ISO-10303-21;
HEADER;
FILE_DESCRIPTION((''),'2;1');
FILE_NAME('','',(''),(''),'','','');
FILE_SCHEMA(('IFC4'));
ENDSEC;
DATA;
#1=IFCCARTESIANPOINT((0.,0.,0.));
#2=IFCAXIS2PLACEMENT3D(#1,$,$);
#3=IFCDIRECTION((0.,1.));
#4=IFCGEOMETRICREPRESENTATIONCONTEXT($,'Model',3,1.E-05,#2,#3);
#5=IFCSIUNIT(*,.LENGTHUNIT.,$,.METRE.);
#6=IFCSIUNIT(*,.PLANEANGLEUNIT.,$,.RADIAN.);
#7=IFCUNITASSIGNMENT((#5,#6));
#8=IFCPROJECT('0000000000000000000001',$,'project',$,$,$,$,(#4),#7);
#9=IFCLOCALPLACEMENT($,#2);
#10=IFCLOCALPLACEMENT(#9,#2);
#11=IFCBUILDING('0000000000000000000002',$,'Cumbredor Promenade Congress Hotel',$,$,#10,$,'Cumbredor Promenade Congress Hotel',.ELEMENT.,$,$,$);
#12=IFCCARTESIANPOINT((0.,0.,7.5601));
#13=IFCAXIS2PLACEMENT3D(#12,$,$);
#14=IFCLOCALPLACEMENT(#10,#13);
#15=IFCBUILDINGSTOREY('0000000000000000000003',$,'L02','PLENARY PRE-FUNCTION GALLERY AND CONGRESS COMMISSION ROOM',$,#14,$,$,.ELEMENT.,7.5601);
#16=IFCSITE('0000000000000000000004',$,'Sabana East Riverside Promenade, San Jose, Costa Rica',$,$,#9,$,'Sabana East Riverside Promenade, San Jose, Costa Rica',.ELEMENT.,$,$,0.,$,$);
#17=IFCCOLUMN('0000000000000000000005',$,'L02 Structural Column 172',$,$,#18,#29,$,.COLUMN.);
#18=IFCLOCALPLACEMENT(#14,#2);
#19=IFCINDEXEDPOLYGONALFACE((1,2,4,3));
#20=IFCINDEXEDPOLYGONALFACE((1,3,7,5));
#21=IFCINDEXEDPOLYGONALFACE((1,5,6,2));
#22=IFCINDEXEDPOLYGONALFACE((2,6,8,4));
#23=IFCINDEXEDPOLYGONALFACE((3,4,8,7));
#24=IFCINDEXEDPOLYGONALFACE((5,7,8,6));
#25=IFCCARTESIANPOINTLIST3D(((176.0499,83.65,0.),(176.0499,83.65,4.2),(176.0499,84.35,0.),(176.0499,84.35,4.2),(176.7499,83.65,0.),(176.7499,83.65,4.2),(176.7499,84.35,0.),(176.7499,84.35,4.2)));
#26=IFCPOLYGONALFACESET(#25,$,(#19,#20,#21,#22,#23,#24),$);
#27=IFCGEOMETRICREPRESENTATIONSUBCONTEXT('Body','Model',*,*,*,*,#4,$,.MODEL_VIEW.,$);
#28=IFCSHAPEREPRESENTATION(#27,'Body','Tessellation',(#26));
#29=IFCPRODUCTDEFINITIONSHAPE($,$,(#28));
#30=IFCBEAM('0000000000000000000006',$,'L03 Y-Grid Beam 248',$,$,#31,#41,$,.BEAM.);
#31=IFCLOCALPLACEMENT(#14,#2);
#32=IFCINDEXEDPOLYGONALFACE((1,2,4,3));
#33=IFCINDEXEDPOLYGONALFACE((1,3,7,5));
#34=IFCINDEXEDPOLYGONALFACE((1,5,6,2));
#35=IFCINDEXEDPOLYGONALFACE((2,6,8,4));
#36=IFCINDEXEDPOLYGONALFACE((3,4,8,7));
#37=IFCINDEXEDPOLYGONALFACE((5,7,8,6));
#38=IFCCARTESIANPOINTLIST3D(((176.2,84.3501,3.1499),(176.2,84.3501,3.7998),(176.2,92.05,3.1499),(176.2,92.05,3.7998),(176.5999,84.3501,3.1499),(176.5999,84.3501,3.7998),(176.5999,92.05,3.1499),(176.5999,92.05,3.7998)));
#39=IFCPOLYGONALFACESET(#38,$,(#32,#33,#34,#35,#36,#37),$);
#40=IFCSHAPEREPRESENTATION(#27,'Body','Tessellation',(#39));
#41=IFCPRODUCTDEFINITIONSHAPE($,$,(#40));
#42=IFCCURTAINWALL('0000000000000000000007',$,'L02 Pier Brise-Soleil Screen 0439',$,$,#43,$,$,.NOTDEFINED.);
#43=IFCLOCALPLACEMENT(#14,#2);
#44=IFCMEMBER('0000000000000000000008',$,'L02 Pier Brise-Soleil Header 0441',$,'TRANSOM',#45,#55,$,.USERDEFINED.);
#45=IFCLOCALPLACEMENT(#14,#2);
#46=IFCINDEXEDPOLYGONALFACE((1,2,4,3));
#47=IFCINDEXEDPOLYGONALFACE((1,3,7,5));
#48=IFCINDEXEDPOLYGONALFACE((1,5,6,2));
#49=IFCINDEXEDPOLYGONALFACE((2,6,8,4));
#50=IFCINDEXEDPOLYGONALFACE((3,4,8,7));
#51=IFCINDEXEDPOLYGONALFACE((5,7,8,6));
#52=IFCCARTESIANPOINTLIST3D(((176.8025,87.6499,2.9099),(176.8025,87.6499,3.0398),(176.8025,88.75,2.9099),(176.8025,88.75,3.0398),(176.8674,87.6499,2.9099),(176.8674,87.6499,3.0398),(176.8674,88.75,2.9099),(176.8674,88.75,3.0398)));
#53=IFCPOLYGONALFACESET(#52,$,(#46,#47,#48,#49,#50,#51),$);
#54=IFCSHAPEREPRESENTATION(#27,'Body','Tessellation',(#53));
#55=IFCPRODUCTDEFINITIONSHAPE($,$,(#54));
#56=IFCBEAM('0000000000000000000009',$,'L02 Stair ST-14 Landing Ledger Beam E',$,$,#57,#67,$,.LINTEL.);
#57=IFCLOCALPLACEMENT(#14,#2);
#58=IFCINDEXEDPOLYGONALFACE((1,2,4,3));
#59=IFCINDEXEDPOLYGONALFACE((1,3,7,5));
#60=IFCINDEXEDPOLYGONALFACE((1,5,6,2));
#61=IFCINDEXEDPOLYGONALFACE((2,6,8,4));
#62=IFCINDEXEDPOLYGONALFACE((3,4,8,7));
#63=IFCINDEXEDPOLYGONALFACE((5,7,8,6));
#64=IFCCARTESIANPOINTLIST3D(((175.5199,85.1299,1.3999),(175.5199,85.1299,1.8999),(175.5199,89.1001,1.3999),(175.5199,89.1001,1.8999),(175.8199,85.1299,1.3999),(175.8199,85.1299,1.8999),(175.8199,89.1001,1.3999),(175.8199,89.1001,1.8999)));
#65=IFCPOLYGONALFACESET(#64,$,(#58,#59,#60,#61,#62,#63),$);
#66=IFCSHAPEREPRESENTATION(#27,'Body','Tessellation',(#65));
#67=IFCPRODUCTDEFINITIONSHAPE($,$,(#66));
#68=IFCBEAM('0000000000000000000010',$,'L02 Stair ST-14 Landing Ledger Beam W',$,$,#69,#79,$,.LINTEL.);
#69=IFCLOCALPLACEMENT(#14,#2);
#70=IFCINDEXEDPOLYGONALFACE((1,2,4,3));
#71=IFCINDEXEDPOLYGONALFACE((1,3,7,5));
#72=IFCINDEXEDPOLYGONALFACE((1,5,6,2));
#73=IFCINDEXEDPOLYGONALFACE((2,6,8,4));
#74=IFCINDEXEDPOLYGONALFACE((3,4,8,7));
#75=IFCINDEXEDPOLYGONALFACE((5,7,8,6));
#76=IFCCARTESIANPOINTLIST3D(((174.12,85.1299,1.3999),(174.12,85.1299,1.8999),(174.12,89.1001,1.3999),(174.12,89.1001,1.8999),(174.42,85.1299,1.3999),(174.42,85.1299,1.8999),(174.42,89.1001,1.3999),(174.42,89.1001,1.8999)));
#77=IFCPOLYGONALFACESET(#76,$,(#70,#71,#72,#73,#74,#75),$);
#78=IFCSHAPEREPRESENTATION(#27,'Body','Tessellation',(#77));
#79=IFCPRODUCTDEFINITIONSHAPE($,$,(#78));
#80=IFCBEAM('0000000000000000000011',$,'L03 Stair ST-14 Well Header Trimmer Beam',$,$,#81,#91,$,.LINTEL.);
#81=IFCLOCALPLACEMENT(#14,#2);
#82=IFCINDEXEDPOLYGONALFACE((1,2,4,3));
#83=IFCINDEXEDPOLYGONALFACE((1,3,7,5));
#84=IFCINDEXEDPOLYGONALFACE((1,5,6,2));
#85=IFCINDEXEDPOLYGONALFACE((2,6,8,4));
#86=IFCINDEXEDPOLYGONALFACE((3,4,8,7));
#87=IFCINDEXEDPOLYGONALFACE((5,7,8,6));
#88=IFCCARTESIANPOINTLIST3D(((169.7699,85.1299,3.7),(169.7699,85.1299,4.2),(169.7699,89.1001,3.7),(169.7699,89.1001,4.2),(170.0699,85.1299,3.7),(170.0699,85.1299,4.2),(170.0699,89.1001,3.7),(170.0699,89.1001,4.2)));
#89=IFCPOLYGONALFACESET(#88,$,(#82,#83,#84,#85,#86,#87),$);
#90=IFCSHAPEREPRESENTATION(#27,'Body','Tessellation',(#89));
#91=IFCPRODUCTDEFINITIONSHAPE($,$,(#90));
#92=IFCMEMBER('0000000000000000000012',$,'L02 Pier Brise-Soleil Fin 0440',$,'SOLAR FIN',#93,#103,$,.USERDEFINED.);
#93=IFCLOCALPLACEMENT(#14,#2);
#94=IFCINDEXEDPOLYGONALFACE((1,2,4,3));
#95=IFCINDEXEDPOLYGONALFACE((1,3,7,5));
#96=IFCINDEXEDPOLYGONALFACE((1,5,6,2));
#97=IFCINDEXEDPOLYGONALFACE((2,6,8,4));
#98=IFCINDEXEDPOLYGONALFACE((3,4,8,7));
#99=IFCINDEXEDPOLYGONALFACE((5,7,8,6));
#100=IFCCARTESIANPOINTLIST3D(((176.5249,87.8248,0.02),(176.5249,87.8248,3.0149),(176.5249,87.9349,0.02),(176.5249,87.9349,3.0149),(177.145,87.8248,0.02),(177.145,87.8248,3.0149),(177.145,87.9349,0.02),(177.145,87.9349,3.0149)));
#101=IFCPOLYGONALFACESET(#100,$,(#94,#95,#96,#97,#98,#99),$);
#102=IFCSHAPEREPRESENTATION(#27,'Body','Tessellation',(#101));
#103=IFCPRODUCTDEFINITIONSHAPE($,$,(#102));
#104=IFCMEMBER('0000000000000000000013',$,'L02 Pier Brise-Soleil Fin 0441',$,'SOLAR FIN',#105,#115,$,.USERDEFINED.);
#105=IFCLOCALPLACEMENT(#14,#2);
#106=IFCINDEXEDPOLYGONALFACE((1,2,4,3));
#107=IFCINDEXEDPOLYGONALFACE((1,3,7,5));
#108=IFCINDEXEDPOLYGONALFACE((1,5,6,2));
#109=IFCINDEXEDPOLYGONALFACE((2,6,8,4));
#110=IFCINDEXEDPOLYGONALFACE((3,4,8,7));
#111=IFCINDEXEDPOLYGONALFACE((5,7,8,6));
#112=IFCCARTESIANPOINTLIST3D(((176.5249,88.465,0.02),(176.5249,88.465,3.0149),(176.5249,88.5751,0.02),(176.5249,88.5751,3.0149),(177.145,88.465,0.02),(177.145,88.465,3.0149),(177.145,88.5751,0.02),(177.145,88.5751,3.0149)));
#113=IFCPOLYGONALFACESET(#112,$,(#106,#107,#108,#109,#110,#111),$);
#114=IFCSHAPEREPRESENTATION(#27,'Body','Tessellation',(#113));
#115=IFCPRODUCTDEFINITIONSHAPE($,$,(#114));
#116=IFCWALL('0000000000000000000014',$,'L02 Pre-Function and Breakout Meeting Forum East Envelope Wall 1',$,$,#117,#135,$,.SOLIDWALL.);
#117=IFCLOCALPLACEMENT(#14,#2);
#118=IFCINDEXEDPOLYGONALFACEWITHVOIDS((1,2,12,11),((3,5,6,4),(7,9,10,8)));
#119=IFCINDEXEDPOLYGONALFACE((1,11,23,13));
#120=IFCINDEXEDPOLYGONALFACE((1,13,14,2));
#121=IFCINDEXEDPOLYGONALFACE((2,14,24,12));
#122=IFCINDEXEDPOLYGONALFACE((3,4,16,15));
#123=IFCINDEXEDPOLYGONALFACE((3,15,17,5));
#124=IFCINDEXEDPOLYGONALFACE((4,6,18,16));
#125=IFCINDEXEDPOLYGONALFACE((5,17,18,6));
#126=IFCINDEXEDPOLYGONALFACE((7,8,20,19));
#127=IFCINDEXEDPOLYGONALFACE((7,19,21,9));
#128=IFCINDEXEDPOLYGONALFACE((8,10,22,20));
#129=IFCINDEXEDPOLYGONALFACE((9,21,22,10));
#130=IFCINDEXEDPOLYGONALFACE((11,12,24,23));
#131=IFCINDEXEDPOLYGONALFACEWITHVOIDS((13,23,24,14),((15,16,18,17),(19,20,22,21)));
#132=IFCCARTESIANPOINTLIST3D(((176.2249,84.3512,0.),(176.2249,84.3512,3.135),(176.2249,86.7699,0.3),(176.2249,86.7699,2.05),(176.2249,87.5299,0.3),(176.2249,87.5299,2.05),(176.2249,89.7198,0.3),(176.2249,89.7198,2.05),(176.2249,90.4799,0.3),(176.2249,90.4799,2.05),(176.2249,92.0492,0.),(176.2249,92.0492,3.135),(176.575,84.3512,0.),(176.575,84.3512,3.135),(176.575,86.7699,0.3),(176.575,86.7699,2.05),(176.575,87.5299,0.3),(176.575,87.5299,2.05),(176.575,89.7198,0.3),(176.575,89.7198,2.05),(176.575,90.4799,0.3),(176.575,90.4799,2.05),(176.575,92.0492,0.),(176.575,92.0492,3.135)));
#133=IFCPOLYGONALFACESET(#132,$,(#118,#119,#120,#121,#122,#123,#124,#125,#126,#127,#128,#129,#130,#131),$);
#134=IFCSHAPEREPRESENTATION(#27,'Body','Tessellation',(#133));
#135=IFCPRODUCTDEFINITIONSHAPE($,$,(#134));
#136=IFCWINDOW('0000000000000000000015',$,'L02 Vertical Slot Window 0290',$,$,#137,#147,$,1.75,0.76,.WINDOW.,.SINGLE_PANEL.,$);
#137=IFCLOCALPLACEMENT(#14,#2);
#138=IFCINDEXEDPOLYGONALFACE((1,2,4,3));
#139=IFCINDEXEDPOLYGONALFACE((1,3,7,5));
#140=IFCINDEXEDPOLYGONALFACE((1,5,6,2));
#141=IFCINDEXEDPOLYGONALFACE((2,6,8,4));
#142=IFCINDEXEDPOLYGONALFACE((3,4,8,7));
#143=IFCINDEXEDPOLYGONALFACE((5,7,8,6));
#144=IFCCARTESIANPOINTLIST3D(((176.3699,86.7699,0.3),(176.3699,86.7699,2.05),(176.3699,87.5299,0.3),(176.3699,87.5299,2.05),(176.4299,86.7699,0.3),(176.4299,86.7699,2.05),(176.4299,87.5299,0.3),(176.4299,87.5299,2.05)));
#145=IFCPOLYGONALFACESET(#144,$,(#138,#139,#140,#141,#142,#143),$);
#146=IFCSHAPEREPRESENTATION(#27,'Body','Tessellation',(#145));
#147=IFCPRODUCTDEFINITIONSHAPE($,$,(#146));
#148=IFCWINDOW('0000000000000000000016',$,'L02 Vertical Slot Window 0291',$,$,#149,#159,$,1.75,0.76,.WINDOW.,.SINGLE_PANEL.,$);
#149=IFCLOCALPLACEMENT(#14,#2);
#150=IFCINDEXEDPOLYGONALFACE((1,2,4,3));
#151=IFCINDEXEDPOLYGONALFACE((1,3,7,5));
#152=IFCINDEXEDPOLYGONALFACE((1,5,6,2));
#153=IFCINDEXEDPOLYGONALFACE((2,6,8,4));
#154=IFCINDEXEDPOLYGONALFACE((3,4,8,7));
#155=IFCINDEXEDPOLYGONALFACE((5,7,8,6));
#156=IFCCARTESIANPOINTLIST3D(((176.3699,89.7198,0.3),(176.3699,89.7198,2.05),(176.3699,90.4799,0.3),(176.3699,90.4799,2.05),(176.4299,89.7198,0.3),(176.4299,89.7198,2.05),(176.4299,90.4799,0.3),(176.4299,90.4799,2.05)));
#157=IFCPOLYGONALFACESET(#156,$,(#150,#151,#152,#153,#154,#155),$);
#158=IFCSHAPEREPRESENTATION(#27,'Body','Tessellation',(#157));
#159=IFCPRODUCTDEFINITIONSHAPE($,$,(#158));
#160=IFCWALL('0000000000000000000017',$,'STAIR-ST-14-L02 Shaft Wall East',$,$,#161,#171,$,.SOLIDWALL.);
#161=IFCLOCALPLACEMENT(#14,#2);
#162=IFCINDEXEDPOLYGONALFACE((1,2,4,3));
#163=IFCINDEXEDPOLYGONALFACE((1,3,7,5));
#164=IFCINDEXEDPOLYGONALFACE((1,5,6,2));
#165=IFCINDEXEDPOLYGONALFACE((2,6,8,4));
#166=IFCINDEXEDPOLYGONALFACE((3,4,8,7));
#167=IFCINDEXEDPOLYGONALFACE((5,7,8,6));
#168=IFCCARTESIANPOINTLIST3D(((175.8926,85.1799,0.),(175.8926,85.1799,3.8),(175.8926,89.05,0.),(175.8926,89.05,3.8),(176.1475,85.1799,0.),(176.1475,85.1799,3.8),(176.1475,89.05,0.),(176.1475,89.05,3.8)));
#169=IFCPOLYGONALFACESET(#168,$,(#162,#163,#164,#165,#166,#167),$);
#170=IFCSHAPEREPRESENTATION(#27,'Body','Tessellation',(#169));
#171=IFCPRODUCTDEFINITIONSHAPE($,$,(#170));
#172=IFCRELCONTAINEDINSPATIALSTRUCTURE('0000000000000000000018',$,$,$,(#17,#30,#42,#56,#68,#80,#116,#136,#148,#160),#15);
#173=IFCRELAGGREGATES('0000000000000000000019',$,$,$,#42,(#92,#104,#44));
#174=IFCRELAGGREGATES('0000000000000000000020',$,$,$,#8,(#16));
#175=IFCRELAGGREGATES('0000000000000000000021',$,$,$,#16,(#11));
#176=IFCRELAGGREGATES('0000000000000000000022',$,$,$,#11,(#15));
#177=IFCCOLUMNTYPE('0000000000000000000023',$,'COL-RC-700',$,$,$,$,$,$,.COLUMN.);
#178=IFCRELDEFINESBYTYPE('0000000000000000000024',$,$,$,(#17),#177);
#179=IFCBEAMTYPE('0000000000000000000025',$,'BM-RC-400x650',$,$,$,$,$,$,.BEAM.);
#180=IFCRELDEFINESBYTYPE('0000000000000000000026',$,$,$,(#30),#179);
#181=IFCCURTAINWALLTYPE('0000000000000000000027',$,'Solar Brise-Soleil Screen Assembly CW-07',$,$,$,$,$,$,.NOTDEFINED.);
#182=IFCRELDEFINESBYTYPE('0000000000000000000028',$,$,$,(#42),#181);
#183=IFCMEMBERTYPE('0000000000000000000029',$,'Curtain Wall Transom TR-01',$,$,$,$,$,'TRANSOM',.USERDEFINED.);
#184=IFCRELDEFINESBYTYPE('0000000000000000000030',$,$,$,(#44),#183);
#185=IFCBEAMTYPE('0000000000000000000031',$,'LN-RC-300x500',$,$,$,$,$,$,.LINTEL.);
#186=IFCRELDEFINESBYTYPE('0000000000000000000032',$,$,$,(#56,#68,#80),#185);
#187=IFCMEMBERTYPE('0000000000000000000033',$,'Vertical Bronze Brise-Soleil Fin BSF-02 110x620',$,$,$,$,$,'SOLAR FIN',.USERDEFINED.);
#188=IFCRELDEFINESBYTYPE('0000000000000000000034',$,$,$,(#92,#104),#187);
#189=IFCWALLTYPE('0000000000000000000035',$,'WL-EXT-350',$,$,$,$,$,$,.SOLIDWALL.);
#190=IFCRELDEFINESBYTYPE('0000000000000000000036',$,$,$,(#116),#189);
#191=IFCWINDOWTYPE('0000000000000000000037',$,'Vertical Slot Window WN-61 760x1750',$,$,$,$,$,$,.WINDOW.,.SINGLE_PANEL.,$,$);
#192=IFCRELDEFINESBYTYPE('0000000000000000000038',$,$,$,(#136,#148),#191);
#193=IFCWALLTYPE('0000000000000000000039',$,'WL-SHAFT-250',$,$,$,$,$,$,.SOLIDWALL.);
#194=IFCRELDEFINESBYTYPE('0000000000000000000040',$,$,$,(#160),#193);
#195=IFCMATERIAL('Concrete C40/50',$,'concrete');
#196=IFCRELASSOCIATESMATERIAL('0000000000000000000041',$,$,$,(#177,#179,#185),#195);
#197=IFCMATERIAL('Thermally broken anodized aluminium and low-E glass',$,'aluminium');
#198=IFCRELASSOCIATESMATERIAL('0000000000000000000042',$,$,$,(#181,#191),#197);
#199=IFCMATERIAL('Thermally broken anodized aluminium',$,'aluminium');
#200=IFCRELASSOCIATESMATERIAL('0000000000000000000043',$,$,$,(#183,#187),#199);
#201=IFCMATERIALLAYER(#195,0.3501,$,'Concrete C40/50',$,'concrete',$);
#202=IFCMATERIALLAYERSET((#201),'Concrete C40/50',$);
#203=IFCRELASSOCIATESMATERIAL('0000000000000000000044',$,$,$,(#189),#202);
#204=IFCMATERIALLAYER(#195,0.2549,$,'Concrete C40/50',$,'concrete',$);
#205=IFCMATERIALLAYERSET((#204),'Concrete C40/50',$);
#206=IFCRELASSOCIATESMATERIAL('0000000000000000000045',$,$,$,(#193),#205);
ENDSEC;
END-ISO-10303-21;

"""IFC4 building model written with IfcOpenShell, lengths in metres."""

from ifc_helpers import new_model, si_unit, direction, frame, frame_2d, origin, origin_2d, place, context, subcontext, project, spatial, rectangle, extrude, material, layer, layer_set, material_profile, profile_set, type_object, element, fill, aggregate, save


model = new_model("IFC4")

# Units and contexts
model_context = context("Model", 3, precision=1e-05, world=origin(), true_north=direction((0.0, 1.0)))
body_context = subcontext(model_context, "Body", "Model", "MODEL_VIEW")
ifc_project = project(units=[si_unit("LENGTHUNIT", "METRE"), si_unit("PLANEANGLEUNIT", "RADIAN")], contexts=[model_context])

# Site, building, storey
site_placement = place(None, origin())
site = spatial("IfcSite", under=ifc_project, at=site_placement, Name="Sabana East Riverside Promenade, San Jose, Costa Rica", LongName="Sabana East Riverside Promenade, San Jose, Costa Rica", CompositionType="ELEMENT", RefElevation=0.0)
building_placement = place(site_placement, origin())
building = spatial("IfcBuilding", under=site, at=building_placement, Name="Cumbredor Promenade Congress Hotel", LongName="Cumbredor Promenade Congress Hotel", CompositionType="ELEMENT")
storey_placement = place(building_placement, frame((0.0, 0.0, 7.5601)))
storey = spatial("IfcBuildingStorey", under=building, at=storey_placement, Name="L02", Description="PLENARY PRE-FUNCTION GALLERY AND CONGRESS COMMISSION ROOM", CompositionType="ELEMENT", Elevation=7.5601)

# Column
ifc_material_1 = material(Name="Concrete C40/50", Category="concrete")
ifc_material_profile_1 = material_profile(ifc_material_1, rectangle(XDim=0.7, YDim=0.7, at=origin_2d()), Name="RC 700x700")
ifc_profile_set_1 = profile_set([ifc_material_profile_1], Name="Concrete C40/50")
column_type = type_object("IfcColumnType", Name="COL-RC-700", PredefinedType="COLUMN", material=ifc_profile_set_1)
column_placement = place(storey_placement, frame((176.3999, 84.0, 0.0), z_axis=(0.0, 0.0, 1.0), x_axis=(1.0, 0.0, 0.0)))
element("IfcColumn", 1, at=column_placement, inside=storey, type_object=column_type, Name="L02 Structural Column 172", PredefinedType="COLUMN", context=body_context, shape_type="SweptSolid", body=[
    extrude(rectangle(XDim=0.7, YDim=0.7, at=origin_2d()), origin(), (0.0, 0.0, 1.0), 4.2),
])

# Beam
ifc_material_profile_2 = material_profile(ifc_material_1, rectangle(XDim=0.3999, YDim=0.6499, at=origin_2d()), Name="RC BEAM 400x650")
ifc_profile_set_2 = profile_set([ifc_material_profile_2], Name="Concrete C40/50")
beam_type_1 = type_object("IfcBeamType", Name="BM-RC-400x650", PredefinedType="BEAM", material=ifc_profile_set_2)
beam_placement = place(storey_placement, frame((176.3999, 84.3501, 3.4749), z_axis=(0.0, 1.0, 0.0), x_axis=(-1.0, 0.0, 0.0)))
element("IfcBeam", 2, at=beam_placement, inside=storey, type_object=beam_type_1, Name="L03 Y-Grid Beam 248", PredefinedType="BEAM", context=body_context, shape_type="SweptSolid", body=[
    extrude(rectangle(XDim=0.3999, YDim=0.6499, at=origin_2d()), origin(), (0.0, 0.0, 1.0), 7.7),
])

# Curtain wall, member
ifc_material_2 = material(Name="Thermally broken anodized aluminium and low-E glass", Category="aluminium")
curtain_wall_type = type_object("IfcCurtainWallType", Name="Solar Brise-Soleil Screen Assembly CW-07", PredefinedType="NOTDEFINED", material=ifc_material_2)
curtain_wall_placement = place(storey_placement, origin())
curtain_wall = element("IfcCurtainWall", 3, at=curtain_wall_placement, inside=storey, type_object=curtain_wall_type, Name="L02 Pier Brise-Soleil Screen 0439", PredefinedType="NOTDEFINED")
ifc_material_3 = material(Name="Thermally broken anodized aluminium", Category="aluminium")
ifc_material_profile_3 = material_profile(ifc_material_3, rectangle(XDim=0.0649, YDim=0.1299, at=origin_2d()), Name="ALU TRANSOM 65x130")
ifc_profile_set_3 = profile_set([ifc_material_profile_3], Name="Thermally broken anodized aluminium")
member_type_1 = type_object("IfcMemberType", Name="Curtain Wall Transom TR-01", ElementType="TRANSOM", PredefinedType="USERDEFINED", material=ifc_profile_set_3)
member_1_placement = place(storey_placement, frame((176.835, 87.6499, 2.9749), z_axis=(0.0, 1.0, 0.0), x_axis=(-1.0, 0.0, 0.0)))
member_1 = element("IfcMember", 4, at=member_1_placement, type_object=member_type_1, Name="L02 Pier Brise-Soleil Header 0441", ObjectType="TRANSOM", PredefinedType="USERDEFINED", context=body_context, shape_type="SweptSolid", body=[
    extrude(rectangle(XDim=0.0649, YDim=0.1299, at=origin_2d()), origin(), (0.0, 0.0, 1.0), 1.1001),
])

# Beams
ifc_material_profile_4 = material_profile(ifc_material_1, rectangle(XDim=0.3, YDim=0.5, at=origin_2d()), Name="RC LINTEL 300x500")
ifc_profile_set_4 = profile_set([ifc_material_profile_4], Name="Concrete C40/50")
beam_type_2 = type_object("IfcBeamType", Name="LN-RC-300x500", PredefinedType="LINTEL", material=ifc_profile_set_4)
for number, where, z_axis, x_axis, name in (
    (5, (175.6699, 85.1299, 1.6499), (0.0, 1.0, 0.0), (-1.0, 0.0, 0.0), "L02 Stair ST-14 Landing Ledger Beam E"),
    (6, (174.27, 85.1299, 1.6499), (0.0, 1.0, 0.0), (-1.0, 0.0, 0.0), "L02 Stair ST-14 Landing Ledger Beam W"),
    (7, (169.9199, 85.1299, 3.95), (0.0, 1.0, 0.0), (-1.0, 0.0, 0.0), "L03 Stair ST-14 Well Header Trimmer Beam"),
):
    element("IfcBeam", number, at=place(storey_placement, frame(where, z_axis=z_axis, x_axis=x_axis)), inside=storey, type_object=beam_type_2, Name=name, PredefinedType="LINTEL", context=body_context, shape_type="SweptSolid", body=[
        extrude(rectangle(XDim=0.3, YDim=0.5, at=origin_2d()), origin(), (0.0, 0.0, 1.0), 3.9702),
    ])

# Members
ifc_material_profile_5 = material_profile(ifc_material_3, rectangle(XDim=0.1101, YDim=0.6201, at=origin_2d()), Name="ARCH FIN 110x620")
ifc_profile_set_5 = profile_set([ifc_material_profile_5], Name="Thermally broken anodized aluminium")
member_type_2 = type_object("IfcMemberType", Name="Vertical Bronze Brise-Soleil Fin BSF-02 110x620", ElementType="SOLAR FIN", PredefinedType="USERDEFINED", material=ifc_profile_set_5)
member_2_placement = place(storey_placement, frame((176.835, 87.8799, 0.02), z_axis=(0.0, 0.0, 1.0), x_axis=(0.0, 1.0, 0.0)))
member_2 = element("IfcMember", 8, at=member_2_placement, type_object=member_type_2, Name="L02 Pier Brise-Soleil Fin 0440", ObjectType="SOLAR FIN", PredefinedType="USERDEFINED", context=body_context, shape_type="SweptSolid", body=[
    extrude(rectangle(XDim=0.1101, YDim=0.6201, at=origin_2d()), origin(), (0.0, 0.0, 1.0), 2.9949),
])
member_3_placement = place(storey_placement, frame((176.835, 88.52, 0.02), z_axis=(0.0, 0.0, 1.0), x_axis=(0.0, 1.0, 0.0)))
member_3 = element("IfcMember", 9, at=member_3_placement, type_object=member_type_2, Name="L02 Pier Brise-Soleil Fin 0441", ObjectType="SOLAR FIN", PredefinedType="USERDEFINED", context=body_context, shape_type="SweptSolid", body=[
    extrude(rectangle(XDim=0.1101, YDim=0.6201, at=origin_2d()), origin(), (0.0, 0.0, 1.0), 2.9949),
])
aggregate(curtain_wall, [member_2, member_3, member_1])

# Wall, openings, windows
ifc_layer_1 = layer(ifc_material_1, 0.3501, Name="Concrete C40/50", Category="concrete")
ifc_layer_set_1 = layer_set([ifc_layer_1], Name="Concrete C40/50")
wall_type_1 = type_object("IfcWallType", Name="WL-EXT-350", PredefinedType="SOLIDWALL", material=ifc_layer_set_1)
wall_1_placement = place(storey_placement, frame((176.3999, 84.3511, 0.0), z_axis=(0.0, 0.0, 1.0), x_axis=(0.0, 1.0, 0.0)))
wall_1 = element("IfcWall", 10, at=wall_1_placement, inside=storey, type_object=wall_type_1, Name="L02 Pre-Function and Breakout Meeting Forum East Envelope Wall 1", PredefinedType="SOLIDWALL", context=body_context, shape_type="SweptSolid", body=[
    extrude(rectangle(XDim=7.698, YDim=0.3501, at=frame_2d((3.8491, 0.0))), origin(), (0.0, 0.0, 1.0), 3.135),
])
opening_1_placement = place(wall_1_placement, frame((2.4189, 0.0, 0.3)))
opening_1 = element("IfcOpeningElement", 11, at=opening_1_placement, cuts=wall_1, PredefinedType="OPENING", context=body_context, shape_type="SweptSolid", body=[
    extrude(rectangle(XDim=0.76, YDim=1.75, at=frame_2d((0.3799, 0.875))), frame((0.0, 0.1851, 0.0), z_axis=(0.0, -1.0, 0.0), x_axis=(1.0, 0.0, 0.0)), (0.0, 0.0, 1.0), 0.3701),
])
opening_2_placement = place(wall_1_placement, frame((5.3689, 0.0, 0.3)))
opening_2 = element("IfcOpeningElement", 12, at=opening_2_placement, cuts=wall_1, PredefinedType="OPENING", context=body_context, shape_type="SweptSolid", body=[
    extrude(rectangle(XDim=0.76, YDim=1.75, at=frame_2d((0.3799, 0.875))), frame((0.0, 0.1851, 0.0), z_axis=(0.0, -1.0, 0.0), x_axis=(1.0, 0.0, 0.0)), (0.0, 0.0, 1.0), 0.3701),
])
window_type = type_object("IfcWindowType", Name="Vertical Slot Window WN-61 760x1750", PartitioningType="SINGLE_PANEL", PredefinedType="WINDOW", material=ifc_material_2)
window_1_placement = place(opening_1_placement, origin())
window_1 = element("IfcWindow", 13, at=window_1_placement, inside=storey, type_object=window_type, Name="L02 Vertical Slot Window 0290", OverallHeight=1.75, OverallWidth=0.76, PartitioningType="SINGLE_PANEL", PredefinedType="WINDOW", context=body_context, shape_type="SweptSolid", body=[
    extrude(rectangle(XDim=0.76, YDim=1.75, at=frame_2d((0.3799, 0.875))), frame((0.0, 0.03, 0.0), z_axis=(0.0, -1.0, 0.0), x_axis=(1.0, 0.0, 0.0)), (0.0, 0.0, 1.0), 0.0601),
])
fill(opening_1, window_1)
window_2_placement = place(opening_2_placement, origin())
window_2 = element("IfcWindow", 14, at=window_2_placement, inside=storey, type_object=window_type, Name="L02 Vertical Slot Window 0291", OverallHeight=1.75, OverallWidth=0.76, PartitioningType="SINGLE_PANEL", PredefinedType="WINDOW", context=body_context, shape_type="SweptSolid", body=[
    extrude(rectangle(XDim=0.76, YDim=1.75, at=frame_2d((0.3799, 0.875))), frame((0.0, 0.03, 0.0), z_axis=(0.0, -1.0, 0.0), x_axis=(1.0, 0.0, 0.0)), (0.0, 0.0, 1.0), 0.0601),
])
fill(opening_2, window_2)

# Wall
ifc_layer_2 = layer(ifc_material_1, 0.2549, Name="Concrete C40/50", Category="concrete")
ifc_layer_set_2 = layer_set([ifc_layer_2], Name="Concrete C40/50")
wall_type_2 = type_object("IfcWallType", Name="WL-SHAFT-250", PredefinedType="SOLIDWALL", material=ifc_layer_set_2)
wall_2_placement = place(storey_placement, frame((176.02, 85.1799, 0.0), z_axis=(0.0, 0.0, 1.0), x_axis=(0.0, 1.0, 0.0)))
element("IfcWall", 15, at=wall_2_placement, inside=storey, type_object=wall_type_2, Name="STAIR-ST-14-L02 Shaft Wall East", PredefinedType="SOLIDWALL", context=body_context, shape_type="SweptSolid", body=[
    extrude(rectangle(XDim=3.8701, YDim=0.2549, at=frame_2d((1.9351, 0.0))), origin(), (0.0, 0.0, 1.0), 3.8),
])

save(model, "model.ifc")
